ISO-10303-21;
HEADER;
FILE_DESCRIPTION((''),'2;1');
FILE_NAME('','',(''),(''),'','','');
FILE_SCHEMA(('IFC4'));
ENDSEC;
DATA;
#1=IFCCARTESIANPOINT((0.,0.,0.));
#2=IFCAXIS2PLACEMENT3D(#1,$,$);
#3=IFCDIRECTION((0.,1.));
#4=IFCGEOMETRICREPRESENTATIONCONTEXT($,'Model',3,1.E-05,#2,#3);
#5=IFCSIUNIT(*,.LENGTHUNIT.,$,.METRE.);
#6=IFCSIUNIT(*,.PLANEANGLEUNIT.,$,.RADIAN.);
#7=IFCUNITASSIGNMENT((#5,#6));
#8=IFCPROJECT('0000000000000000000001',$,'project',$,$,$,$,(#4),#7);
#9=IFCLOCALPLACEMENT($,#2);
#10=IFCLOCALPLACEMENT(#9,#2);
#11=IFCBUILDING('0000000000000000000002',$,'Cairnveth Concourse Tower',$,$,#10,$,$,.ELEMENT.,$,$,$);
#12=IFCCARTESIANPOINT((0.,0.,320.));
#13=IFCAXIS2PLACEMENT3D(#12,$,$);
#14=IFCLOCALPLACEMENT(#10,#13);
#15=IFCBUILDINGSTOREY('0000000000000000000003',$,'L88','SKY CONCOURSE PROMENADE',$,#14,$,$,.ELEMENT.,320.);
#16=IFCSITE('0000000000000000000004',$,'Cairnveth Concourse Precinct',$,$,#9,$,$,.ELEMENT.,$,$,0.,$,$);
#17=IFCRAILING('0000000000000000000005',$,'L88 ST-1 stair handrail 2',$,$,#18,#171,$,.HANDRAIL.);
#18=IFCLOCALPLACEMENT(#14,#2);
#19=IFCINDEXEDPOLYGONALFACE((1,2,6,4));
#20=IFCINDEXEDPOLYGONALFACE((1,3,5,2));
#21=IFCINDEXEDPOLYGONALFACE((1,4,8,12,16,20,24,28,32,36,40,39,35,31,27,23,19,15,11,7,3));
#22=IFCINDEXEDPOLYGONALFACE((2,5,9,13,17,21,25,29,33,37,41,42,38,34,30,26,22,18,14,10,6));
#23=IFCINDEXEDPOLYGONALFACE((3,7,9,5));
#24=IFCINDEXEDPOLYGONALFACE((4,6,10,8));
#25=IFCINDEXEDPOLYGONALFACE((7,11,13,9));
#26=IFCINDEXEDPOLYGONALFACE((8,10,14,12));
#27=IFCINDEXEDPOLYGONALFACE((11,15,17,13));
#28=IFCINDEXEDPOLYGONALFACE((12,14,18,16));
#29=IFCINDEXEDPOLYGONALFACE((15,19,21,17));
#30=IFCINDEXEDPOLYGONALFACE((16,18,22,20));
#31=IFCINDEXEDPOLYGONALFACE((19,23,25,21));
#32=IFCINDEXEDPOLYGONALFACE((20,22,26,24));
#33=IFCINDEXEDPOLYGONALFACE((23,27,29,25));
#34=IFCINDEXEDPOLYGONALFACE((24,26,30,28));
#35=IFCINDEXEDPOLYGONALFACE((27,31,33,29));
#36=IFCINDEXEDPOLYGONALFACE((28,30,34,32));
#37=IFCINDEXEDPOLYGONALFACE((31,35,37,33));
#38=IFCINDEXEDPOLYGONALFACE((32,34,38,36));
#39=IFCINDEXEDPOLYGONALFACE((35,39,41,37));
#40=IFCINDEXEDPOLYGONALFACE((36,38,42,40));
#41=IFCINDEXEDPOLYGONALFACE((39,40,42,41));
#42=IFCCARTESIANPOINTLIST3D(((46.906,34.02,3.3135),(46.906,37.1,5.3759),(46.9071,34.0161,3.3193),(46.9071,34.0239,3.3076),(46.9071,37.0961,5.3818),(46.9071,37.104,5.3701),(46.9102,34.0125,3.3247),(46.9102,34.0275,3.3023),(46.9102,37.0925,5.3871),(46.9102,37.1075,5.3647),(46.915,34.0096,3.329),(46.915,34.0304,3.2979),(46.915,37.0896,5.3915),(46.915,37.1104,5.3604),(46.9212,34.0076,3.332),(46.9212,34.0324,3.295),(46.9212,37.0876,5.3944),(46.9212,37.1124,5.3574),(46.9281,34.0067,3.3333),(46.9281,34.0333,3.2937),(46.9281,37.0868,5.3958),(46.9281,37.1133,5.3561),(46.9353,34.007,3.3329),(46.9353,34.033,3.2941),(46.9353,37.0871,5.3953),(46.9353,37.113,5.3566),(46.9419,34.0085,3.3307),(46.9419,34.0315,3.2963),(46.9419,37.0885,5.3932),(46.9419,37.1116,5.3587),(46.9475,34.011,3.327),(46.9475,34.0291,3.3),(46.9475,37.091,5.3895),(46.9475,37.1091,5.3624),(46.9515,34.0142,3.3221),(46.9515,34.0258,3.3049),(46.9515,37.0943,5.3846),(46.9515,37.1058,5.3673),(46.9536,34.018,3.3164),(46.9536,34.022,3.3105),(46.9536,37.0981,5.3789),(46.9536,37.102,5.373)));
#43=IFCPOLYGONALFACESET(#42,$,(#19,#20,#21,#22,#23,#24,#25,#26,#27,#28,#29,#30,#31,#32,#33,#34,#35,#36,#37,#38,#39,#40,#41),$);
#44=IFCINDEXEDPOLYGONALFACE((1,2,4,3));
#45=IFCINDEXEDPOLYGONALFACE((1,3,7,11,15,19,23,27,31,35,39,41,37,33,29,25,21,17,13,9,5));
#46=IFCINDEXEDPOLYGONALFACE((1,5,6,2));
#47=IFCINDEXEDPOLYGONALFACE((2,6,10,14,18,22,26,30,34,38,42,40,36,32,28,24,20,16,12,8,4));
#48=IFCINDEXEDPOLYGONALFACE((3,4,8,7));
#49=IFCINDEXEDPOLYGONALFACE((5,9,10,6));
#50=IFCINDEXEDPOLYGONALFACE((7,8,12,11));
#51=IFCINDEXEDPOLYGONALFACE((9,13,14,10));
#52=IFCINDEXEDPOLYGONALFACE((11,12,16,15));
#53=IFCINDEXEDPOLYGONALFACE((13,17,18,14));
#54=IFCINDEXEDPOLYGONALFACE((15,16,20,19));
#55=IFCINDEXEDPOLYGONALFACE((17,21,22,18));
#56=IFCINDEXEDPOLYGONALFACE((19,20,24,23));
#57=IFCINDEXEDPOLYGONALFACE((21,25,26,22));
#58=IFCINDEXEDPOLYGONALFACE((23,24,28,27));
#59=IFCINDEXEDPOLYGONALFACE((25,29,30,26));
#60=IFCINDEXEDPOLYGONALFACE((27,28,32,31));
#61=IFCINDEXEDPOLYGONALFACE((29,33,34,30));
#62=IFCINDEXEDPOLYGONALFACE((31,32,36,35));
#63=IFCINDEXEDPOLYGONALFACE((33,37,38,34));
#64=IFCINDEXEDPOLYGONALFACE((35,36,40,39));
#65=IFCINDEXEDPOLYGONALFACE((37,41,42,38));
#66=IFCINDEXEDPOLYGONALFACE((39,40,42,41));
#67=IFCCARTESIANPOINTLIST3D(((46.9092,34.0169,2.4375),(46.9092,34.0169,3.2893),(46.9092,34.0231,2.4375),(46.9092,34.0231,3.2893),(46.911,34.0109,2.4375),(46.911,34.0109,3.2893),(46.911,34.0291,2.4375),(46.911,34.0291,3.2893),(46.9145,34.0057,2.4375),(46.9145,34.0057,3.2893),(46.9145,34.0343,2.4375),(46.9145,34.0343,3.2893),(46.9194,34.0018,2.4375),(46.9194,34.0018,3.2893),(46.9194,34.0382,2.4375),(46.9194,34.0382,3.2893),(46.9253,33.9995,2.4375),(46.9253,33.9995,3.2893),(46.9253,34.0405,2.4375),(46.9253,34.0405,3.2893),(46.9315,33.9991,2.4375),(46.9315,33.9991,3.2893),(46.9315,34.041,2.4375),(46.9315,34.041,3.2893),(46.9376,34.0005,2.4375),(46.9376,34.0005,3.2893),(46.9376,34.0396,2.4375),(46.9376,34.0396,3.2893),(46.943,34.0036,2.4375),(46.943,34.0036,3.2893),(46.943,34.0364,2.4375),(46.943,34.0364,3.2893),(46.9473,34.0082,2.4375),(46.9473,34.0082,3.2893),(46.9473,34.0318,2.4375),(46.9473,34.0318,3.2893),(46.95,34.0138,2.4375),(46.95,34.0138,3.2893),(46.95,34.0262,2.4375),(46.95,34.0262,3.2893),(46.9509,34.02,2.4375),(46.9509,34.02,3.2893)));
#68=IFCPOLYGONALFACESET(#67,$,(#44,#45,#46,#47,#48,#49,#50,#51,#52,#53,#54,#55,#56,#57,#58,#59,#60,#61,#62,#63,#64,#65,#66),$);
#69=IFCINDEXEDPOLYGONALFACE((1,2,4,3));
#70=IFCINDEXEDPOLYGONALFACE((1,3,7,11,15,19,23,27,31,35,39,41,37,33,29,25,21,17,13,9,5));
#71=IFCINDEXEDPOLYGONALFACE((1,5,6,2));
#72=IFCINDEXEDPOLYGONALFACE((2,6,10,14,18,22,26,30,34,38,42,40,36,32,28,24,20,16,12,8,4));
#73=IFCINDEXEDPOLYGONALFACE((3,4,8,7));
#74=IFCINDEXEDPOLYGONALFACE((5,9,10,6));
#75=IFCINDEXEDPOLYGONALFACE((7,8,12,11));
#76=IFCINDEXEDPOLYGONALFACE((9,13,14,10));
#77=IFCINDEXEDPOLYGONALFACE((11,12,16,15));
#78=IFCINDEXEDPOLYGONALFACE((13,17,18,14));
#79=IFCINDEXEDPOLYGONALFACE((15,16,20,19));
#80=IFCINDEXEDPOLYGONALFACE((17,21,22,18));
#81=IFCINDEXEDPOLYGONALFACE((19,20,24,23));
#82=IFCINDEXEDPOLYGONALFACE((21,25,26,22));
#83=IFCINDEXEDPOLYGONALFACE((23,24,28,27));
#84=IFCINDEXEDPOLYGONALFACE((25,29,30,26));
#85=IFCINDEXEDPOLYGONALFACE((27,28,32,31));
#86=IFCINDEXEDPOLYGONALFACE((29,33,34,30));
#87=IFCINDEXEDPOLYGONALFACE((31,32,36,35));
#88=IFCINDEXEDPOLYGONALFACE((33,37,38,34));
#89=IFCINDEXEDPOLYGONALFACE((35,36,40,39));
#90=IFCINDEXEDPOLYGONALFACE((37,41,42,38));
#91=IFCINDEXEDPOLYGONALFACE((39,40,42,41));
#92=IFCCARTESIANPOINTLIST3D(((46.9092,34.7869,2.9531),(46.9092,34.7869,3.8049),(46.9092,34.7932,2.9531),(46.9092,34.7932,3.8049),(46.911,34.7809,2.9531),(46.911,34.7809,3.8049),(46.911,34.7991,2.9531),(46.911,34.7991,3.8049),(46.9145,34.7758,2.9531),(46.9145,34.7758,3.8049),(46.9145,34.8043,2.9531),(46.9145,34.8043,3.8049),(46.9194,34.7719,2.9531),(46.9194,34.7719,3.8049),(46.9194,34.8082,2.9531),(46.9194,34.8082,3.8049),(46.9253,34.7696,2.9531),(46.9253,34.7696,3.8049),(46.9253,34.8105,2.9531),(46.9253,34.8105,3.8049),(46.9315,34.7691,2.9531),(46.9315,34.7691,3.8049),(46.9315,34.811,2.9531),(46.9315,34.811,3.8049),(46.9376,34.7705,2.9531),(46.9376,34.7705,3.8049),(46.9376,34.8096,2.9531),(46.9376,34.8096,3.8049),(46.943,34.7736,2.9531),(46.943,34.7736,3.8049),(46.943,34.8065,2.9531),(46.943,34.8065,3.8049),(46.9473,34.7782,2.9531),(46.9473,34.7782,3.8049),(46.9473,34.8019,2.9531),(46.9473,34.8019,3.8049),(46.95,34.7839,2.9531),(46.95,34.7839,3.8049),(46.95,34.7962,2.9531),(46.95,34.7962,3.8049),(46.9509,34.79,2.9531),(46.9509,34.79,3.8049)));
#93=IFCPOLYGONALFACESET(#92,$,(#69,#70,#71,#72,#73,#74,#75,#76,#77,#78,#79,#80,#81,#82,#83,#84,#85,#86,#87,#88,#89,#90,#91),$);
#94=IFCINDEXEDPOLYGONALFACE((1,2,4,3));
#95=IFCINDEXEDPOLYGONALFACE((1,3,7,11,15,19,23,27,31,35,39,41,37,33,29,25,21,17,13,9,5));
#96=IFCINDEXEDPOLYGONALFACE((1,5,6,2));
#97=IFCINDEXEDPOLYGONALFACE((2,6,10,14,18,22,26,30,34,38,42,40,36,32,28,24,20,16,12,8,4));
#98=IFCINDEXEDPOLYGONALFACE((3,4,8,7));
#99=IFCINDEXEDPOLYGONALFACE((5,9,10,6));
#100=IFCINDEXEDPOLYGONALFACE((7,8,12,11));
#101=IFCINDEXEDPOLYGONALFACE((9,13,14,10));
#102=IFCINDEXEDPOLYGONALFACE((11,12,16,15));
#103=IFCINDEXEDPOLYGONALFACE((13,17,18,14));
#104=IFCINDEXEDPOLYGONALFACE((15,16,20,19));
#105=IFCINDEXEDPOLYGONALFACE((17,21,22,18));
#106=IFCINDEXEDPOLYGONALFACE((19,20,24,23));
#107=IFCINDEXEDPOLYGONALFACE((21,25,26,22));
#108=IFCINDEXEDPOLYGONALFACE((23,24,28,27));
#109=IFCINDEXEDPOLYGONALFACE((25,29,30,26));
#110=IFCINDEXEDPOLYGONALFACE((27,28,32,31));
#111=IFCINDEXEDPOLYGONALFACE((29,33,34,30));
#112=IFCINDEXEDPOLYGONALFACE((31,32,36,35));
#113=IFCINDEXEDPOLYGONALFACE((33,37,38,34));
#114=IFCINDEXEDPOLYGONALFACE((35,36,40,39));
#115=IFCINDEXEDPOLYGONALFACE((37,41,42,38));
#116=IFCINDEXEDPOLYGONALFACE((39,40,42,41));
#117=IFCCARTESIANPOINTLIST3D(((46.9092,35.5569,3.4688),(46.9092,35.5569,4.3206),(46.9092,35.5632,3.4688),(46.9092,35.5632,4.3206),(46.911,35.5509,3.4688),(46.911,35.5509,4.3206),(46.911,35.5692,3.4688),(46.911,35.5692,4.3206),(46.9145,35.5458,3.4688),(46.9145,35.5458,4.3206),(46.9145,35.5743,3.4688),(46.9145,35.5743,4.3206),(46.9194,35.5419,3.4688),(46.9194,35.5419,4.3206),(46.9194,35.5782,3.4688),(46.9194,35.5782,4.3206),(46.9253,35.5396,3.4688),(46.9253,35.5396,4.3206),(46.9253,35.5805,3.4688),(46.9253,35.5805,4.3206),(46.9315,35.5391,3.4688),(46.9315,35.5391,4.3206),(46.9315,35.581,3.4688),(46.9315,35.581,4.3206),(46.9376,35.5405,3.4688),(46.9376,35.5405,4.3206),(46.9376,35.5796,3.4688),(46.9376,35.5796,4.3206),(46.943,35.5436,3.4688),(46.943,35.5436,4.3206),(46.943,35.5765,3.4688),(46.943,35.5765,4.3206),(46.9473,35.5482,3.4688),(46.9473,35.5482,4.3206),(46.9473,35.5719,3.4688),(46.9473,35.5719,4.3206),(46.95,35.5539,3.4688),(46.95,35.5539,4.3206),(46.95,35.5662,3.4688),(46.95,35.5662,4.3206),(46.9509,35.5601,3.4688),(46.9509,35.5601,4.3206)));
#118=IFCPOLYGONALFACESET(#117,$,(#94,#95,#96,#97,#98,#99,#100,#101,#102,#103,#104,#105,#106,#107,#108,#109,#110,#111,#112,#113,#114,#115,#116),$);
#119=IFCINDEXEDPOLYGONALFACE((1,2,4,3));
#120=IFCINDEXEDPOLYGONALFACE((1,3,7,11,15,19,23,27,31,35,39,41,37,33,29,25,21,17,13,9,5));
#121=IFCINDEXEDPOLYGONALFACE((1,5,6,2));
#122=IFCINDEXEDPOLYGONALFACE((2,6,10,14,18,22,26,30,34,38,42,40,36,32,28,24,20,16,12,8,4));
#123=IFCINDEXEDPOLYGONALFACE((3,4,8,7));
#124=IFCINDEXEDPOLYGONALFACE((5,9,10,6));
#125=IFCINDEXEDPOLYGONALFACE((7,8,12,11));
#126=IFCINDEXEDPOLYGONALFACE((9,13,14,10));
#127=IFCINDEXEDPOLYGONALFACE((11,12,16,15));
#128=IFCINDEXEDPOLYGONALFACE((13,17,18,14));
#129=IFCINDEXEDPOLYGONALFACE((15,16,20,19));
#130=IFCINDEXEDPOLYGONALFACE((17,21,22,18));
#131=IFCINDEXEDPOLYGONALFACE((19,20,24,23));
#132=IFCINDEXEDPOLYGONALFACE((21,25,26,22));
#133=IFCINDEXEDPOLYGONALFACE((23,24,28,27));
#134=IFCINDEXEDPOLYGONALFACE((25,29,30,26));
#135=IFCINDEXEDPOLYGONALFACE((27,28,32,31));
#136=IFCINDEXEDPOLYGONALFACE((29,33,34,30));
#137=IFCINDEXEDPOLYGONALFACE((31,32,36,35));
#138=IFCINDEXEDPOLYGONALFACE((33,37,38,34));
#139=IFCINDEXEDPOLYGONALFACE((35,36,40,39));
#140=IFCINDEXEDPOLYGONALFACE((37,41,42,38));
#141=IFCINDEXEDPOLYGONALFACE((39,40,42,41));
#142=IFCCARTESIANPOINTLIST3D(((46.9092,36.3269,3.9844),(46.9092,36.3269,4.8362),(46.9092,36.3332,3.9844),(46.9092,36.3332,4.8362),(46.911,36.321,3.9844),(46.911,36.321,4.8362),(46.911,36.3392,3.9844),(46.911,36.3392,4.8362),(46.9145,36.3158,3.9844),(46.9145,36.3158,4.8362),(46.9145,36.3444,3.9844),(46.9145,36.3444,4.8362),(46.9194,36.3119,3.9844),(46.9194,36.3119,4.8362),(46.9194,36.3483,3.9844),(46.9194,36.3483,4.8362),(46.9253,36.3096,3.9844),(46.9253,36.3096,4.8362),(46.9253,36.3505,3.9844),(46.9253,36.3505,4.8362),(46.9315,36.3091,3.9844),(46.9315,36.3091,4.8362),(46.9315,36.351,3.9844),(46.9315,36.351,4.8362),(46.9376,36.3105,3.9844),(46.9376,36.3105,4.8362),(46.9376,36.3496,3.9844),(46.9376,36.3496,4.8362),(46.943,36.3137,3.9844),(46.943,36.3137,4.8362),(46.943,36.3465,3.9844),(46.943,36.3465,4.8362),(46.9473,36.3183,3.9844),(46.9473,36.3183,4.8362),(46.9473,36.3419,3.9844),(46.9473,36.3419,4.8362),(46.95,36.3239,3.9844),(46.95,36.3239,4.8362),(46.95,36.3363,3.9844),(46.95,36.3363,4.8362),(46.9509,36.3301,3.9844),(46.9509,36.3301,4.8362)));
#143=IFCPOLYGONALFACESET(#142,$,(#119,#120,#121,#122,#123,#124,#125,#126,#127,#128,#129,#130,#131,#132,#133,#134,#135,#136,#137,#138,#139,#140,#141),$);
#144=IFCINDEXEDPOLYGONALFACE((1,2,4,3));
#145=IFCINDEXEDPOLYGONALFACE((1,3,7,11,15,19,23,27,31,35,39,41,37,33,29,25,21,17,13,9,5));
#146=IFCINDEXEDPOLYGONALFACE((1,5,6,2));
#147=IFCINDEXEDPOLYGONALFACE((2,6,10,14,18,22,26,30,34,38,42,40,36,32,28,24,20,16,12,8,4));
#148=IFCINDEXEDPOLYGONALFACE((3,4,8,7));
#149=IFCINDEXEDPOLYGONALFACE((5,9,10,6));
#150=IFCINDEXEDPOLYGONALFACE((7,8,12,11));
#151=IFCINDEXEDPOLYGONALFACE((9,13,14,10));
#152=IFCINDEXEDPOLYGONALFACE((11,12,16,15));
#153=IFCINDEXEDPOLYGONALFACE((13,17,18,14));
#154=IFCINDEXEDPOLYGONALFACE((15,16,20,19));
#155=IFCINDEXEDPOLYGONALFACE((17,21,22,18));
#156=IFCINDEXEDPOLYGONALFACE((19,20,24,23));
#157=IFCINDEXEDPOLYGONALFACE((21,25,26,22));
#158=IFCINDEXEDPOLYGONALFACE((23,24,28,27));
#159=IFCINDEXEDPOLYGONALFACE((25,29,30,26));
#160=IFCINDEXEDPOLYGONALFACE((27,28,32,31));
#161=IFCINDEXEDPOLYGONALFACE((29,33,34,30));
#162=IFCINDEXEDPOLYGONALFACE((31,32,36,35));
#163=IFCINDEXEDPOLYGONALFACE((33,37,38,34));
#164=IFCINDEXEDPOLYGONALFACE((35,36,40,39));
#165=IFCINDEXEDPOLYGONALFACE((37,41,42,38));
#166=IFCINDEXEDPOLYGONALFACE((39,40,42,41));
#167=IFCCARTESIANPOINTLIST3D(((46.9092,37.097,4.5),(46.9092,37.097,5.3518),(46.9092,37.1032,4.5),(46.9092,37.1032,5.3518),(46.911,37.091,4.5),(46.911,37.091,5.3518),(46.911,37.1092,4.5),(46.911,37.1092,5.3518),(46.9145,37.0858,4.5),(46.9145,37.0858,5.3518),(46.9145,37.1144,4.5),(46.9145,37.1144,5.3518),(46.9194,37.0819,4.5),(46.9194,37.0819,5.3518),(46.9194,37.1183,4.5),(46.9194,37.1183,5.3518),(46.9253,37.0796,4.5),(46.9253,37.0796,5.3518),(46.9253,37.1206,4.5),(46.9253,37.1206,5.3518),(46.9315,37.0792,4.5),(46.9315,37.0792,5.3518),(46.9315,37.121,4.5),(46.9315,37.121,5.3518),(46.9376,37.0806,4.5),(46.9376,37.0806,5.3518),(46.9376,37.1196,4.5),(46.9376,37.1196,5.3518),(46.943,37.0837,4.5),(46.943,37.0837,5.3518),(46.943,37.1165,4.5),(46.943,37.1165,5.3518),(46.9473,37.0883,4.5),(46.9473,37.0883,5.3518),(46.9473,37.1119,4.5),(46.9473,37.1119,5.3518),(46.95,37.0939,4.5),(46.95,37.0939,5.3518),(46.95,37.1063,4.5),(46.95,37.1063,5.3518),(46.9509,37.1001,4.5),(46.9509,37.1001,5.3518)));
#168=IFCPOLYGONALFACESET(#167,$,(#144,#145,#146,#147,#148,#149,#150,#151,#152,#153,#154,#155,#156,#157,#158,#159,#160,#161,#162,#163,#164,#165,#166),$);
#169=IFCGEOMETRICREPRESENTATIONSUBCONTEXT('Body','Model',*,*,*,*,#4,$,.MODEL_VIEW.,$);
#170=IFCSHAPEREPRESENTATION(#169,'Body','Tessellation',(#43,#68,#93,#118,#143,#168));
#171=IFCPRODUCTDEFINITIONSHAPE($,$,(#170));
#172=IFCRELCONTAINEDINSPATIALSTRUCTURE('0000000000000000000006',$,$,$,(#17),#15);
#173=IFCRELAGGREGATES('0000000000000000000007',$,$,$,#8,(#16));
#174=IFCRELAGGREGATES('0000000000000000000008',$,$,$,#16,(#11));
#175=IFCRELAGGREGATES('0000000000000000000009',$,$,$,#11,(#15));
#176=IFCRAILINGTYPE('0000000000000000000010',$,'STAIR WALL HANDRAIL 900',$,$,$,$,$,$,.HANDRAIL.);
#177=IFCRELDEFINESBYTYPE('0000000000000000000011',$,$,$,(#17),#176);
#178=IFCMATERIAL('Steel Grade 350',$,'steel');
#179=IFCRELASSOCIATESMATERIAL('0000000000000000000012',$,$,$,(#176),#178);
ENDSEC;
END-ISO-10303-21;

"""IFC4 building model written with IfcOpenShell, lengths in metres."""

from ifc_helpers import new_model, si_unit, direction, frame, origin, origin_2d, place, context, subcontext, project, spatial, circle, extrude, material, type_object, element, save


model = new_model("IFC4")

# Units and contexts
model_context = context("Model", 3, precision=1e-05, world=origin(), true_north=direction((0.0, 1.0)))
body_context = subcontext(model_context, "Body", "Model", "MODEL_VIEW")
ifc_project = project(units=[si_unit("LENGTHUNIT", "METRE"), si_unit("PLANEANGLEUNIT", "RADIAN")], contexts=[model_context])

# Site, building, storey
site_placement = place(None, origin())
site = spatial("IfcSite", under=ifc_project, at=site_placement, Name="Cairnveth Concourse Precinct", CompositionType="ELEMENT", RefElevation=0.0)
building_placement = place(site_placement, origin())
building = spatial("IfcBuilding", under=site, at=building_placement, Name="Cairnveth Concourse Tower", CompositionType="ELEMENT")
storey_placement = place(building_placement, frame((0.0, 0.0, 320.0)))
storey = spatial("IfcBuildingStorey", under=building, at=storey_placement, Name="L88", Description="SKY CONCOURSE PROMENADE", CompositionType="ELEMENT", Elevation=320.0)

# Shared definitions
ifc_material_1 = material(Name="Steel Grade 350", Category="steel")

# Railing
railing_type_1 = type_object("IfcRailingType", Name="STAIR WALL HANDRAIL 900", PredefinedType="HANDRAIL", material=ifc_material_1)
railing_1_placement = place(storey_placement, frame((46.9299, 34.02, 2.4375)))
element("IfcRailing", 1, at=railing_1_placement, inside=storey, type_object=railing_type_1, Name="L88 ST-1 stair handrail 2", PredefinedType="HANDRAIL", context=body_context, shape_type="SweptSolid", body=[
    extrude(circle(Radius=0.0239, at=origin_2d()), frame((0.0, 0.0, 0.876), z_axis=(0.0, 0.830914, 0.556401), x_axis=(-1.0, 0.0, 0.0)), (0.0, 0.0, 1.0), 3.7068),
    extrude(circle(Radius=0.021, at=origin_2d()), origin(), (0.0, 0.0, 1.0), 0.8518),
    extrude(circle(Radius=0.021, at=origin_2d()), frame((0.0, 0.77, 0.5156)), (0.0, 0.0, 1.0), 0.8518),
    extrude(circle(Radius=0.021, at=origin_2d()), frame((0.0, 1.54, 1.0312)), (0.0, 0.0, 1.0), 0.8518),
    extrude(circle(Radius=0.021, at=origin_2d()), frame((0.0, 2.3101, 1.5469)), (0.0, 0.0, 1.0), 0.8518),
    extrude(circle(Radius=0.021, at=origin_2d()), frame((0.0, 3.0801, 2.0625)), (0.0, 0.0, 1.0), 0.8518),
])

save(model, "model.ifc")
